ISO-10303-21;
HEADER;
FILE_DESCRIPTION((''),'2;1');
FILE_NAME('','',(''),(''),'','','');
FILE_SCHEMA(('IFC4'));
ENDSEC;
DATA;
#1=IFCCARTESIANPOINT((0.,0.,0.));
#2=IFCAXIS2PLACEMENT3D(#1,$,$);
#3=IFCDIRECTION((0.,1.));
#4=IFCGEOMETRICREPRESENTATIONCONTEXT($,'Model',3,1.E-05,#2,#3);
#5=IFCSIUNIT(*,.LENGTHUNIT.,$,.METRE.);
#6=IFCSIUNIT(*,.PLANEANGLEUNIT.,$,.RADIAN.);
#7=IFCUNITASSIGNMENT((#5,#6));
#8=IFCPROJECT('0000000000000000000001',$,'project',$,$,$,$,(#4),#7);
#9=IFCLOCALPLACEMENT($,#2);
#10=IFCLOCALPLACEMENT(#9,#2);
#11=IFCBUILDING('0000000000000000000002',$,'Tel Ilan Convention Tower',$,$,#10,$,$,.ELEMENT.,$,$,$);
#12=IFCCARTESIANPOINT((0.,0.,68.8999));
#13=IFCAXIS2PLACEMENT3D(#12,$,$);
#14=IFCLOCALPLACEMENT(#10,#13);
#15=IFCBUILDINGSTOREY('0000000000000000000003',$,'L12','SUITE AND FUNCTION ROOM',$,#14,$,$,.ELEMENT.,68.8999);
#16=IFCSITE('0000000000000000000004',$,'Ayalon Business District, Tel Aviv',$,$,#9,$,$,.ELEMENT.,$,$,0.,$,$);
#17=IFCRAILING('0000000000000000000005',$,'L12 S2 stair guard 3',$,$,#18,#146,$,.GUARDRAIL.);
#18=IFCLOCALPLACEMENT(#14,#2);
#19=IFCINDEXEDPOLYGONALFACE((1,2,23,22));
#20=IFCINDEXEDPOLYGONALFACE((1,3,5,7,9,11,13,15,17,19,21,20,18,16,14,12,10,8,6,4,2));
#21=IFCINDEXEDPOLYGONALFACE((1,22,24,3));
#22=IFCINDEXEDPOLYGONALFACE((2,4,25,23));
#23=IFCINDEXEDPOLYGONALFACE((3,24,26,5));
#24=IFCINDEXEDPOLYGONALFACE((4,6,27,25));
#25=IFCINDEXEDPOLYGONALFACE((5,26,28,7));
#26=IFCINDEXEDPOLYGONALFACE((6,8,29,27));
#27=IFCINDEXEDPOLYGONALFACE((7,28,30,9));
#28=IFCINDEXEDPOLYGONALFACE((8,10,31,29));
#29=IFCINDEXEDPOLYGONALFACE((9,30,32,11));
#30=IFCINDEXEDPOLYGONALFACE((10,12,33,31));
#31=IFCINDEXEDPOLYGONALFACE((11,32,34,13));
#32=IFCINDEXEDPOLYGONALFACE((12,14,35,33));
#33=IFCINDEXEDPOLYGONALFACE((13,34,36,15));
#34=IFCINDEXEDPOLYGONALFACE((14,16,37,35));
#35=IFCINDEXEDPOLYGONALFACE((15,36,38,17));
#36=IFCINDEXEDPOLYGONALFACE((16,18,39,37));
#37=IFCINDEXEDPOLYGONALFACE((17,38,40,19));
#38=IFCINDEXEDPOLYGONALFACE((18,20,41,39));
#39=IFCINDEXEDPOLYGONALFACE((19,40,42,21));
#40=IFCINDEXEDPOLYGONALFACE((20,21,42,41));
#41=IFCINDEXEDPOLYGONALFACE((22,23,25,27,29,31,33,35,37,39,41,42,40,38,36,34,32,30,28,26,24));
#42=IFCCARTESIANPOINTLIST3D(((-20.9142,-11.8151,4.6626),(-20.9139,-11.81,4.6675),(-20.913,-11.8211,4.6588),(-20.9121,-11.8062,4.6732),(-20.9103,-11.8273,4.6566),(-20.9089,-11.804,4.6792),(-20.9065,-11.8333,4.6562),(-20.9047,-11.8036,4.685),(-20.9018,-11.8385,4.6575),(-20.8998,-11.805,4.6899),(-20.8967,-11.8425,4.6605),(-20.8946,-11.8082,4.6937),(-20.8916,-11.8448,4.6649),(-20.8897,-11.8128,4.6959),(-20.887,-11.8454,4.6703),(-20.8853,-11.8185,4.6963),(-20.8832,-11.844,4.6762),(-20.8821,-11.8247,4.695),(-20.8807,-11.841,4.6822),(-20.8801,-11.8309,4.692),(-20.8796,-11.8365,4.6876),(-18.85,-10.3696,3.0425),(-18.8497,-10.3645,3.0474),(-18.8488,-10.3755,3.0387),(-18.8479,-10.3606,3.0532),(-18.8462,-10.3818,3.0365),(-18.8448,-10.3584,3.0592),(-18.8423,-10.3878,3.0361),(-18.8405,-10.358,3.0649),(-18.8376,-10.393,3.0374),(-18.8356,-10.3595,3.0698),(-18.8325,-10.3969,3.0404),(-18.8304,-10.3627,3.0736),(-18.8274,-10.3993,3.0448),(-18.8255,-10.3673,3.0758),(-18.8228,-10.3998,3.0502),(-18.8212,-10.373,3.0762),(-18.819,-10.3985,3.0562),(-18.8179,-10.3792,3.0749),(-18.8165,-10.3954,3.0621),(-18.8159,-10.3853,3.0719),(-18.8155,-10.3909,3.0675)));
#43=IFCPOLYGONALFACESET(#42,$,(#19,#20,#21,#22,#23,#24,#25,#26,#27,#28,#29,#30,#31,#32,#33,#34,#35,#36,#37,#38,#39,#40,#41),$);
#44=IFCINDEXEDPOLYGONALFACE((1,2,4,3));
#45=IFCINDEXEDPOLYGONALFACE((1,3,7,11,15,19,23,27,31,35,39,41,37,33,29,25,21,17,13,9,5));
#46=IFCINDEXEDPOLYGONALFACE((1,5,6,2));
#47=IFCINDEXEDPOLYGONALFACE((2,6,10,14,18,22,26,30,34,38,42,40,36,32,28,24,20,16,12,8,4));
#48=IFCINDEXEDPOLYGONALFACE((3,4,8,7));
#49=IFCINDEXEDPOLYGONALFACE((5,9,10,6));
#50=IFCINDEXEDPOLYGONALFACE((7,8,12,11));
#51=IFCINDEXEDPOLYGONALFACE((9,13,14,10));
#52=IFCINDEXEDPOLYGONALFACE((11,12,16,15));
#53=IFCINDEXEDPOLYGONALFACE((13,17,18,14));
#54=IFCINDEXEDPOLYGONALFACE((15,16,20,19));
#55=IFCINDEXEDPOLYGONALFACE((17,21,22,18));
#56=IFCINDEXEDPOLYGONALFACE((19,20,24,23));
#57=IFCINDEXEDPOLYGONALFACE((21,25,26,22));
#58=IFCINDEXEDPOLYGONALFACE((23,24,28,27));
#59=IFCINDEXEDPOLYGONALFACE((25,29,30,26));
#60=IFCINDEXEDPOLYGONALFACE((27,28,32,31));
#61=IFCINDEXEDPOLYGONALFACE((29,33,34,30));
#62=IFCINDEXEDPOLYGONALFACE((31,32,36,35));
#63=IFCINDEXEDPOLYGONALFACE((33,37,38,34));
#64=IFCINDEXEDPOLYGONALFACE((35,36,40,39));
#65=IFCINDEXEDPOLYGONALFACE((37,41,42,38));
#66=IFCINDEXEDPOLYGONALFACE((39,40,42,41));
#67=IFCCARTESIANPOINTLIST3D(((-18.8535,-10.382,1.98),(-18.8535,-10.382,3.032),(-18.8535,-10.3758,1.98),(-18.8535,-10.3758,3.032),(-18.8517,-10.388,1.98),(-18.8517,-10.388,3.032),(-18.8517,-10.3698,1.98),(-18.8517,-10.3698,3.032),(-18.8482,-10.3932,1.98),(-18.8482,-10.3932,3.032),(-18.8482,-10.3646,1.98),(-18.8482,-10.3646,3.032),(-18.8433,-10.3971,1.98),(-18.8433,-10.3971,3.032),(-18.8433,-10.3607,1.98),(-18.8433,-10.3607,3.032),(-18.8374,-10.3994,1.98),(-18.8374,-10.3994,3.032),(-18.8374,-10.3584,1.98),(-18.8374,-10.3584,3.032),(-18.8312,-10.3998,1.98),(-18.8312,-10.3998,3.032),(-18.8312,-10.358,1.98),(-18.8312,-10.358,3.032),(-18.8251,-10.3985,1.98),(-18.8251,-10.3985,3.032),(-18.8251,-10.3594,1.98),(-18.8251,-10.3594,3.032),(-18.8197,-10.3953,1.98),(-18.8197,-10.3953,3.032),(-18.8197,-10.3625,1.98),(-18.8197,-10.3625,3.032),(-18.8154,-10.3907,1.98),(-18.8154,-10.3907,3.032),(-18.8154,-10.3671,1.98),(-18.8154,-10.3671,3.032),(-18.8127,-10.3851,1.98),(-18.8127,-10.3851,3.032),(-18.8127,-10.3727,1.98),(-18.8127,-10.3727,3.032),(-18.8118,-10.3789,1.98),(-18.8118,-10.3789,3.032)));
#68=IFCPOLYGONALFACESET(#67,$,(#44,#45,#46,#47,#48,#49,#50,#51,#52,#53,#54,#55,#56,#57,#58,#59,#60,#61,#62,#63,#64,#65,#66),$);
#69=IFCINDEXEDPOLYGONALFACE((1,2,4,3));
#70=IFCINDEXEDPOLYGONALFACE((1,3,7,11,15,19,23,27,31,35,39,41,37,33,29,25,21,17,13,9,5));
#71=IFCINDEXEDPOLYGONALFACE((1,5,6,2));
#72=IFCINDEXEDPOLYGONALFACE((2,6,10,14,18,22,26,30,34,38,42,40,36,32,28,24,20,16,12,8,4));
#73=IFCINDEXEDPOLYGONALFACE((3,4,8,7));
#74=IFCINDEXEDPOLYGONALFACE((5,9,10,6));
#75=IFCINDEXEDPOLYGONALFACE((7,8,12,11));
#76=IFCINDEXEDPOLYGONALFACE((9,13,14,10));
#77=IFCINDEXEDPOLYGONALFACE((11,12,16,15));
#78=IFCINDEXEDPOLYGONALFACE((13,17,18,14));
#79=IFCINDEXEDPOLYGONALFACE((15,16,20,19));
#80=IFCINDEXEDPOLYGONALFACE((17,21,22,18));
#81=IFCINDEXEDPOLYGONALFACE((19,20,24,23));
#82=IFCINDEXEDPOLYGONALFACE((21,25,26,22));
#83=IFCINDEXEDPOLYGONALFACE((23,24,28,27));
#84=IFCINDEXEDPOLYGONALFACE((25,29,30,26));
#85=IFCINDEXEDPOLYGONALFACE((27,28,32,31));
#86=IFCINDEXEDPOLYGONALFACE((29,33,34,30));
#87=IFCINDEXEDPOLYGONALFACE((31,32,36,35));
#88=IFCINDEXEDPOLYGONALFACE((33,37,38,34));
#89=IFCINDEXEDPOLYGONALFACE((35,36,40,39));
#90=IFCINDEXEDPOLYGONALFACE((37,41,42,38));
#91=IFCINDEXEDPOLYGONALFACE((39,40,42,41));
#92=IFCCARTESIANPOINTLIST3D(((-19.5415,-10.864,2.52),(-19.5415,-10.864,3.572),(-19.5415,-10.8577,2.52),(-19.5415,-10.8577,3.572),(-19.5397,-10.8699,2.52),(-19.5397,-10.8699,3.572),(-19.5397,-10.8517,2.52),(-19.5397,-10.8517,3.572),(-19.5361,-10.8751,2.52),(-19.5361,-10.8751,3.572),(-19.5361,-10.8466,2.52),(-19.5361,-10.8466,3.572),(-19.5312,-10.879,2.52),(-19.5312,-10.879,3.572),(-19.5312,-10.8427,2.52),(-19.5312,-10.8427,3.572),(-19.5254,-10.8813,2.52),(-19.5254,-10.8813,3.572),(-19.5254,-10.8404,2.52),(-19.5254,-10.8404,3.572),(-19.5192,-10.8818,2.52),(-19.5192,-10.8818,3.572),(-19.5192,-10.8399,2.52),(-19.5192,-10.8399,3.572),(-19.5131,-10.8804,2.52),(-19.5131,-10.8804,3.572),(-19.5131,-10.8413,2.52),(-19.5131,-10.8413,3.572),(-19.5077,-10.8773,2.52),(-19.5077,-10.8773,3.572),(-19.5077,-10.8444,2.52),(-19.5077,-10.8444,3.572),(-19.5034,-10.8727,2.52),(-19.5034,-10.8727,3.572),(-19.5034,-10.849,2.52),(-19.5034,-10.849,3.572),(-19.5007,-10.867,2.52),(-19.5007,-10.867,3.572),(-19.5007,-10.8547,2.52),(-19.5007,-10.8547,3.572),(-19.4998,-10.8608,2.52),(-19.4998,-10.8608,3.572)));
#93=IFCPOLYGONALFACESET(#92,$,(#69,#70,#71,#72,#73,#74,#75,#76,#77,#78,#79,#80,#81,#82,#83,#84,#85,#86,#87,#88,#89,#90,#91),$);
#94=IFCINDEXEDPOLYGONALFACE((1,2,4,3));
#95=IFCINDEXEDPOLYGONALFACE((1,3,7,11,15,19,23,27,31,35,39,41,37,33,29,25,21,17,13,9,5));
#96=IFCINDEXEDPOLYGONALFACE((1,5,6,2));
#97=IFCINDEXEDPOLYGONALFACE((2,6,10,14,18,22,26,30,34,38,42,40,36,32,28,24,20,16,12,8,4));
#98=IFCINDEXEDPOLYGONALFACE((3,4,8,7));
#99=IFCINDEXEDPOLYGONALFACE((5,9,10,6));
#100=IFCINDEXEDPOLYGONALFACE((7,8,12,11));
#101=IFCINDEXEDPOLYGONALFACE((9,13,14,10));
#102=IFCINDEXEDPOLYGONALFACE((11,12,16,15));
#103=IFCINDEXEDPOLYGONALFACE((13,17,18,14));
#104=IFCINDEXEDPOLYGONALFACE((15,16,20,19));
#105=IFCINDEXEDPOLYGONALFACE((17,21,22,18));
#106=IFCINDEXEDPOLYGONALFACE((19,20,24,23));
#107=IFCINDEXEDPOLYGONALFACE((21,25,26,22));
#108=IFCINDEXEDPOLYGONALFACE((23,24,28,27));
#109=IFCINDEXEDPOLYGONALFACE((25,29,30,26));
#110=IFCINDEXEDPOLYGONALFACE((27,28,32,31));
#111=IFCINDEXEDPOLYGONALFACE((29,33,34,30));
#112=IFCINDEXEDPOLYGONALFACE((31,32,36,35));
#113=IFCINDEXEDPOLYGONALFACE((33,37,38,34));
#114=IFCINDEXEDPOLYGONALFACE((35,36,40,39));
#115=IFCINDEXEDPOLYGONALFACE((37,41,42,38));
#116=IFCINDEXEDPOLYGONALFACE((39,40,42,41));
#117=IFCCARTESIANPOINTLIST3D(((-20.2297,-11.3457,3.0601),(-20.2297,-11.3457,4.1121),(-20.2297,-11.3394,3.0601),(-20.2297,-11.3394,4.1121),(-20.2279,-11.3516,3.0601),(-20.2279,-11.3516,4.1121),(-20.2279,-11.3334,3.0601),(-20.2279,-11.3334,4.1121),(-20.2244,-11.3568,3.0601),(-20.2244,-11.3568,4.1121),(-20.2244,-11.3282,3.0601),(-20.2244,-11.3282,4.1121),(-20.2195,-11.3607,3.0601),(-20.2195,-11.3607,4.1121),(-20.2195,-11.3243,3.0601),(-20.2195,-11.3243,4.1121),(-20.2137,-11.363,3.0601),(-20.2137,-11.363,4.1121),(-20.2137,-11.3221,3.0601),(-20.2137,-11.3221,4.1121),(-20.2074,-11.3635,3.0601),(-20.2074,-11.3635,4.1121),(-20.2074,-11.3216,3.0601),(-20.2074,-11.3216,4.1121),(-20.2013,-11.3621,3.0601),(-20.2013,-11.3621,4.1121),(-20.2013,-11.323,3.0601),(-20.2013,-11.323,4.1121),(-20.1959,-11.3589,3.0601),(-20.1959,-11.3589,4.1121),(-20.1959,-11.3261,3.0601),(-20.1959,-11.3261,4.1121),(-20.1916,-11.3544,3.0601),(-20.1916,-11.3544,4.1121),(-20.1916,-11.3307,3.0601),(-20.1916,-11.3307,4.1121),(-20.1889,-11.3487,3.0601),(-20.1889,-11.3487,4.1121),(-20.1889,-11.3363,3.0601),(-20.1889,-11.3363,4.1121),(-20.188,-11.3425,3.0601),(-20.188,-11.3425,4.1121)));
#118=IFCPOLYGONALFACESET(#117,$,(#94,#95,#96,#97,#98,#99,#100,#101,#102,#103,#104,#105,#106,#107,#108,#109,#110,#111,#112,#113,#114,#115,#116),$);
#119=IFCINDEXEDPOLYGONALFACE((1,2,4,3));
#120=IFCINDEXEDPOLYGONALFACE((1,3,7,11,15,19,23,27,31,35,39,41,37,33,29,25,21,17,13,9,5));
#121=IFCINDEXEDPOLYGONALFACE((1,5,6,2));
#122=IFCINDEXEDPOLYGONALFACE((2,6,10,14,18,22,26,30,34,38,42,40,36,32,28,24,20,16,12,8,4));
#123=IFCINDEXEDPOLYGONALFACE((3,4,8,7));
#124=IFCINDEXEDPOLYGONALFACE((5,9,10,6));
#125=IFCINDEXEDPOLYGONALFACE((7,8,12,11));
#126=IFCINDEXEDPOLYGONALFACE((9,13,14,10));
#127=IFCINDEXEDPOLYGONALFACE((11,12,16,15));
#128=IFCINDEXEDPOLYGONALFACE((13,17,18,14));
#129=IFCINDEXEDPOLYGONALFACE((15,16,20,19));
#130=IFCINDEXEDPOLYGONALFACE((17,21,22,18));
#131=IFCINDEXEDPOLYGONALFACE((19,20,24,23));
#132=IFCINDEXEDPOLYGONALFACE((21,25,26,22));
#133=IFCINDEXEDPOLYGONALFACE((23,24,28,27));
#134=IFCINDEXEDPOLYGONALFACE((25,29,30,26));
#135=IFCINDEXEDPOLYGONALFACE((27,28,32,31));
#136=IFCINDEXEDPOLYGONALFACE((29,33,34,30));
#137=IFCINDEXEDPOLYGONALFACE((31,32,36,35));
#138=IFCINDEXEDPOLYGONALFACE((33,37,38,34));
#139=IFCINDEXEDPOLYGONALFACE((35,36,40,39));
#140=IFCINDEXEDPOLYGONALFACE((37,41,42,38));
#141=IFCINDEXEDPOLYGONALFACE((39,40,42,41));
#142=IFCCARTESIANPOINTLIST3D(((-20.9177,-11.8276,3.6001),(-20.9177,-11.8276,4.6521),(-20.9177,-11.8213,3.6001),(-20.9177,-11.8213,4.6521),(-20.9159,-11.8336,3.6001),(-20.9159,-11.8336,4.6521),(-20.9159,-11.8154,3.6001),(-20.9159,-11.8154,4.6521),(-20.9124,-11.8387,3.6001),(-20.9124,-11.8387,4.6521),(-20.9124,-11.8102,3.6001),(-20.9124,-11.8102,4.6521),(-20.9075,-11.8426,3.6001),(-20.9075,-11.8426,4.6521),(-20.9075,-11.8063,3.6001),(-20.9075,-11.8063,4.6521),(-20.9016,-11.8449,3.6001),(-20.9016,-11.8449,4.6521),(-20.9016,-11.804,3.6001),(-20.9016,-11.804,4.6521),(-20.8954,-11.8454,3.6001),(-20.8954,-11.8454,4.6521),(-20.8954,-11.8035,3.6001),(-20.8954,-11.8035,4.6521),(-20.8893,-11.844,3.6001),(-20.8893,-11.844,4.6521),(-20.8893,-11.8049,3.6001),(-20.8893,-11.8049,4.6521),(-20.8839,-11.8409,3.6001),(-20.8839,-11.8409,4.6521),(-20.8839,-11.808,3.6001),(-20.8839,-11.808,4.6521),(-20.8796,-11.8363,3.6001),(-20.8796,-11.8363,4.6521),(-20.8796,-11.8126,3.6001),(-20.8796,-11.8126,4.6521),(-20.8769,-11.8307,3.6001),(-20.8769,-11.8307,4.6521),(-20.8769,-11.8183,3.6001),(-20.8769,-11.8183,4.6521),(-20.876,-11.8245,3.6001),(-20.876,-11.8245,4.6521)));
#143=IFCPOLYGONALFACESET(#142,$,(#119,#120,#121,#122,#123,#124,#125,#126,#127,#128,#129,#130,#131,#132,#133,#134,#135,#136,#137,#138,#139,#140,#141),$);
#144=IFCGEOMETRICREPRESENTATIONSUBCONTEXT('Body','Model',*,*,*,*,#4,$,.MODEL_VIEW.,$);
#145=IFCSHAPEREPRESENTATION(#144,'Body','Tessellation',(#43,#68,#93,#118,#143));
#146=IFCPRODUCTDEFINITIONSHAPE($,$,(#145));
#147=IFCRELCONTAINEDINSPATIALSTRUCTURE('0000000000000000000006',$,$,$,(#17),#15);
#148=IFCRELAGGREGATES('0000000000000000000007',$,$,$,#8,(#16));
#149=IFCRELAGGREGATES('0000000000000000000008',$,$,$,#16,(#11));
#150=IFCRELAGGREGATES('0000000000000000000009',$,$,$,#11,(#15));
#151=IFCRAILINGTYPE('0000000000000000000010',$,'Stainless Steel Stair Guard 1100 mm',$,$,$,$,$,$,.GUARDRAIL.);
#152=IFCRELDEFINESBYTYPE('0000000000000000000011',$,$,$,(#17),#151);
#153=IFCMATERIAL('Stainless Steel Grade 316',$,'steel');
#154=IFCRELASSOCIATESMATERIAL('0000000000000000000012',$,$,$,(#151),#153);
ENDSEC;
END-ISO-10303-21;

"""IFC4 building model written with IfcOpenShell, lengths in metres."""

from ifc_helpers import new_model, si_unit, direction, frame, origin, origin_2d, place, context, subcontext, project, spatial, circle, extrude, material, type_object, element, save


model = new_model("IFC4")

# Units and contexts
model_context = context("Model", 3, precision=1e-05, world=origin(), true_north=direction((0.0, 1.0)))
body_context = subcontext(model_context, "Body", "Model", "MODEL_VIEW")
ifc_project = project(units=[si_unit("LENGTHUNIT", "METRE"), si_unit("PLANEANGLEUNIT", "RADIAN")], contexts=[model_context])

# Site, building, storey
site_placement = place(None, origin())
site = spatial("IfcSite", under=ifc_project, at=site_placement, Name="Ayalon Business District, Tel Aviv", CompositionType="ELEMENT", RefElevation=0.0)
building_placement = place(site_placement, origin())
building = spatial("IfcBuilding", under=site, at=building_placement, Name="Tel Ilan Convention Tower", CompositionType="ELEMENT")
storey_placement = place(building_placement, frame((0.0, 0.0, 68.8999)))
storey = spatial("IfcBuildingStorey", under=building, at=storey_placement, Name="L12", Description="SUITE AND FUNCTION ROOM", CompositionType="ELEMENT", Elevation=68.8999)

# Railing
ifc_material_1 = material(Name="Stainless Steel Grade 316", Category="steel")
railing_type_1 = type_object("IfcRailingType", Name="Stainless Steel Stair Guard 1100 mm", PredefinedType="GUARDRAIL", material=ifc_material_1)
railing_1_placement = place(storey_placement, frame((-18.8328, -10.3789, 1.98)))
element("IfcRailing", 1, at=railing_1_placement, inside=storey, type_object=railing_type_1, Name="L12 S2 stair guard 3", PredefinedType="GUARDRAIL", context=body_context, shape_type="SweptSolid", body=[
    extrude(circle(Radius=0.0239, at=origin_2d()), frame((0.0, 0.0, 1.0762), z_axis=(-0.689013, -0.482513, 0.540779), x_axis=(0.573625, -0.819118, 0.0)), (0.0, 0.0, 1.0), 2.9958),
    extrude(circle(Radius=0.021, at=origin_2d()), origin(), (0.0, 0.0, 1.0), 1.052),
    extrude(circle(Radius=0.021, at=origin_2d()), frame((-0.688, -0.4819, 0.54)), (0.0, 0.0, 1.0), 1.052),
    extrude(circle(Radius=0.021, at=origin_2d()), frame((-1.3762, -0.9636, 1.0801)), (0.0, 0.0, 1.0), 1.052),
    extrude(circle(Radius=0.021, at=origin_2d()), frame((-2.0642, -1.4456, 1.6201)), (0.0, 0.0, 1.0), 1.052),
])

save(model, "model.ifc")
